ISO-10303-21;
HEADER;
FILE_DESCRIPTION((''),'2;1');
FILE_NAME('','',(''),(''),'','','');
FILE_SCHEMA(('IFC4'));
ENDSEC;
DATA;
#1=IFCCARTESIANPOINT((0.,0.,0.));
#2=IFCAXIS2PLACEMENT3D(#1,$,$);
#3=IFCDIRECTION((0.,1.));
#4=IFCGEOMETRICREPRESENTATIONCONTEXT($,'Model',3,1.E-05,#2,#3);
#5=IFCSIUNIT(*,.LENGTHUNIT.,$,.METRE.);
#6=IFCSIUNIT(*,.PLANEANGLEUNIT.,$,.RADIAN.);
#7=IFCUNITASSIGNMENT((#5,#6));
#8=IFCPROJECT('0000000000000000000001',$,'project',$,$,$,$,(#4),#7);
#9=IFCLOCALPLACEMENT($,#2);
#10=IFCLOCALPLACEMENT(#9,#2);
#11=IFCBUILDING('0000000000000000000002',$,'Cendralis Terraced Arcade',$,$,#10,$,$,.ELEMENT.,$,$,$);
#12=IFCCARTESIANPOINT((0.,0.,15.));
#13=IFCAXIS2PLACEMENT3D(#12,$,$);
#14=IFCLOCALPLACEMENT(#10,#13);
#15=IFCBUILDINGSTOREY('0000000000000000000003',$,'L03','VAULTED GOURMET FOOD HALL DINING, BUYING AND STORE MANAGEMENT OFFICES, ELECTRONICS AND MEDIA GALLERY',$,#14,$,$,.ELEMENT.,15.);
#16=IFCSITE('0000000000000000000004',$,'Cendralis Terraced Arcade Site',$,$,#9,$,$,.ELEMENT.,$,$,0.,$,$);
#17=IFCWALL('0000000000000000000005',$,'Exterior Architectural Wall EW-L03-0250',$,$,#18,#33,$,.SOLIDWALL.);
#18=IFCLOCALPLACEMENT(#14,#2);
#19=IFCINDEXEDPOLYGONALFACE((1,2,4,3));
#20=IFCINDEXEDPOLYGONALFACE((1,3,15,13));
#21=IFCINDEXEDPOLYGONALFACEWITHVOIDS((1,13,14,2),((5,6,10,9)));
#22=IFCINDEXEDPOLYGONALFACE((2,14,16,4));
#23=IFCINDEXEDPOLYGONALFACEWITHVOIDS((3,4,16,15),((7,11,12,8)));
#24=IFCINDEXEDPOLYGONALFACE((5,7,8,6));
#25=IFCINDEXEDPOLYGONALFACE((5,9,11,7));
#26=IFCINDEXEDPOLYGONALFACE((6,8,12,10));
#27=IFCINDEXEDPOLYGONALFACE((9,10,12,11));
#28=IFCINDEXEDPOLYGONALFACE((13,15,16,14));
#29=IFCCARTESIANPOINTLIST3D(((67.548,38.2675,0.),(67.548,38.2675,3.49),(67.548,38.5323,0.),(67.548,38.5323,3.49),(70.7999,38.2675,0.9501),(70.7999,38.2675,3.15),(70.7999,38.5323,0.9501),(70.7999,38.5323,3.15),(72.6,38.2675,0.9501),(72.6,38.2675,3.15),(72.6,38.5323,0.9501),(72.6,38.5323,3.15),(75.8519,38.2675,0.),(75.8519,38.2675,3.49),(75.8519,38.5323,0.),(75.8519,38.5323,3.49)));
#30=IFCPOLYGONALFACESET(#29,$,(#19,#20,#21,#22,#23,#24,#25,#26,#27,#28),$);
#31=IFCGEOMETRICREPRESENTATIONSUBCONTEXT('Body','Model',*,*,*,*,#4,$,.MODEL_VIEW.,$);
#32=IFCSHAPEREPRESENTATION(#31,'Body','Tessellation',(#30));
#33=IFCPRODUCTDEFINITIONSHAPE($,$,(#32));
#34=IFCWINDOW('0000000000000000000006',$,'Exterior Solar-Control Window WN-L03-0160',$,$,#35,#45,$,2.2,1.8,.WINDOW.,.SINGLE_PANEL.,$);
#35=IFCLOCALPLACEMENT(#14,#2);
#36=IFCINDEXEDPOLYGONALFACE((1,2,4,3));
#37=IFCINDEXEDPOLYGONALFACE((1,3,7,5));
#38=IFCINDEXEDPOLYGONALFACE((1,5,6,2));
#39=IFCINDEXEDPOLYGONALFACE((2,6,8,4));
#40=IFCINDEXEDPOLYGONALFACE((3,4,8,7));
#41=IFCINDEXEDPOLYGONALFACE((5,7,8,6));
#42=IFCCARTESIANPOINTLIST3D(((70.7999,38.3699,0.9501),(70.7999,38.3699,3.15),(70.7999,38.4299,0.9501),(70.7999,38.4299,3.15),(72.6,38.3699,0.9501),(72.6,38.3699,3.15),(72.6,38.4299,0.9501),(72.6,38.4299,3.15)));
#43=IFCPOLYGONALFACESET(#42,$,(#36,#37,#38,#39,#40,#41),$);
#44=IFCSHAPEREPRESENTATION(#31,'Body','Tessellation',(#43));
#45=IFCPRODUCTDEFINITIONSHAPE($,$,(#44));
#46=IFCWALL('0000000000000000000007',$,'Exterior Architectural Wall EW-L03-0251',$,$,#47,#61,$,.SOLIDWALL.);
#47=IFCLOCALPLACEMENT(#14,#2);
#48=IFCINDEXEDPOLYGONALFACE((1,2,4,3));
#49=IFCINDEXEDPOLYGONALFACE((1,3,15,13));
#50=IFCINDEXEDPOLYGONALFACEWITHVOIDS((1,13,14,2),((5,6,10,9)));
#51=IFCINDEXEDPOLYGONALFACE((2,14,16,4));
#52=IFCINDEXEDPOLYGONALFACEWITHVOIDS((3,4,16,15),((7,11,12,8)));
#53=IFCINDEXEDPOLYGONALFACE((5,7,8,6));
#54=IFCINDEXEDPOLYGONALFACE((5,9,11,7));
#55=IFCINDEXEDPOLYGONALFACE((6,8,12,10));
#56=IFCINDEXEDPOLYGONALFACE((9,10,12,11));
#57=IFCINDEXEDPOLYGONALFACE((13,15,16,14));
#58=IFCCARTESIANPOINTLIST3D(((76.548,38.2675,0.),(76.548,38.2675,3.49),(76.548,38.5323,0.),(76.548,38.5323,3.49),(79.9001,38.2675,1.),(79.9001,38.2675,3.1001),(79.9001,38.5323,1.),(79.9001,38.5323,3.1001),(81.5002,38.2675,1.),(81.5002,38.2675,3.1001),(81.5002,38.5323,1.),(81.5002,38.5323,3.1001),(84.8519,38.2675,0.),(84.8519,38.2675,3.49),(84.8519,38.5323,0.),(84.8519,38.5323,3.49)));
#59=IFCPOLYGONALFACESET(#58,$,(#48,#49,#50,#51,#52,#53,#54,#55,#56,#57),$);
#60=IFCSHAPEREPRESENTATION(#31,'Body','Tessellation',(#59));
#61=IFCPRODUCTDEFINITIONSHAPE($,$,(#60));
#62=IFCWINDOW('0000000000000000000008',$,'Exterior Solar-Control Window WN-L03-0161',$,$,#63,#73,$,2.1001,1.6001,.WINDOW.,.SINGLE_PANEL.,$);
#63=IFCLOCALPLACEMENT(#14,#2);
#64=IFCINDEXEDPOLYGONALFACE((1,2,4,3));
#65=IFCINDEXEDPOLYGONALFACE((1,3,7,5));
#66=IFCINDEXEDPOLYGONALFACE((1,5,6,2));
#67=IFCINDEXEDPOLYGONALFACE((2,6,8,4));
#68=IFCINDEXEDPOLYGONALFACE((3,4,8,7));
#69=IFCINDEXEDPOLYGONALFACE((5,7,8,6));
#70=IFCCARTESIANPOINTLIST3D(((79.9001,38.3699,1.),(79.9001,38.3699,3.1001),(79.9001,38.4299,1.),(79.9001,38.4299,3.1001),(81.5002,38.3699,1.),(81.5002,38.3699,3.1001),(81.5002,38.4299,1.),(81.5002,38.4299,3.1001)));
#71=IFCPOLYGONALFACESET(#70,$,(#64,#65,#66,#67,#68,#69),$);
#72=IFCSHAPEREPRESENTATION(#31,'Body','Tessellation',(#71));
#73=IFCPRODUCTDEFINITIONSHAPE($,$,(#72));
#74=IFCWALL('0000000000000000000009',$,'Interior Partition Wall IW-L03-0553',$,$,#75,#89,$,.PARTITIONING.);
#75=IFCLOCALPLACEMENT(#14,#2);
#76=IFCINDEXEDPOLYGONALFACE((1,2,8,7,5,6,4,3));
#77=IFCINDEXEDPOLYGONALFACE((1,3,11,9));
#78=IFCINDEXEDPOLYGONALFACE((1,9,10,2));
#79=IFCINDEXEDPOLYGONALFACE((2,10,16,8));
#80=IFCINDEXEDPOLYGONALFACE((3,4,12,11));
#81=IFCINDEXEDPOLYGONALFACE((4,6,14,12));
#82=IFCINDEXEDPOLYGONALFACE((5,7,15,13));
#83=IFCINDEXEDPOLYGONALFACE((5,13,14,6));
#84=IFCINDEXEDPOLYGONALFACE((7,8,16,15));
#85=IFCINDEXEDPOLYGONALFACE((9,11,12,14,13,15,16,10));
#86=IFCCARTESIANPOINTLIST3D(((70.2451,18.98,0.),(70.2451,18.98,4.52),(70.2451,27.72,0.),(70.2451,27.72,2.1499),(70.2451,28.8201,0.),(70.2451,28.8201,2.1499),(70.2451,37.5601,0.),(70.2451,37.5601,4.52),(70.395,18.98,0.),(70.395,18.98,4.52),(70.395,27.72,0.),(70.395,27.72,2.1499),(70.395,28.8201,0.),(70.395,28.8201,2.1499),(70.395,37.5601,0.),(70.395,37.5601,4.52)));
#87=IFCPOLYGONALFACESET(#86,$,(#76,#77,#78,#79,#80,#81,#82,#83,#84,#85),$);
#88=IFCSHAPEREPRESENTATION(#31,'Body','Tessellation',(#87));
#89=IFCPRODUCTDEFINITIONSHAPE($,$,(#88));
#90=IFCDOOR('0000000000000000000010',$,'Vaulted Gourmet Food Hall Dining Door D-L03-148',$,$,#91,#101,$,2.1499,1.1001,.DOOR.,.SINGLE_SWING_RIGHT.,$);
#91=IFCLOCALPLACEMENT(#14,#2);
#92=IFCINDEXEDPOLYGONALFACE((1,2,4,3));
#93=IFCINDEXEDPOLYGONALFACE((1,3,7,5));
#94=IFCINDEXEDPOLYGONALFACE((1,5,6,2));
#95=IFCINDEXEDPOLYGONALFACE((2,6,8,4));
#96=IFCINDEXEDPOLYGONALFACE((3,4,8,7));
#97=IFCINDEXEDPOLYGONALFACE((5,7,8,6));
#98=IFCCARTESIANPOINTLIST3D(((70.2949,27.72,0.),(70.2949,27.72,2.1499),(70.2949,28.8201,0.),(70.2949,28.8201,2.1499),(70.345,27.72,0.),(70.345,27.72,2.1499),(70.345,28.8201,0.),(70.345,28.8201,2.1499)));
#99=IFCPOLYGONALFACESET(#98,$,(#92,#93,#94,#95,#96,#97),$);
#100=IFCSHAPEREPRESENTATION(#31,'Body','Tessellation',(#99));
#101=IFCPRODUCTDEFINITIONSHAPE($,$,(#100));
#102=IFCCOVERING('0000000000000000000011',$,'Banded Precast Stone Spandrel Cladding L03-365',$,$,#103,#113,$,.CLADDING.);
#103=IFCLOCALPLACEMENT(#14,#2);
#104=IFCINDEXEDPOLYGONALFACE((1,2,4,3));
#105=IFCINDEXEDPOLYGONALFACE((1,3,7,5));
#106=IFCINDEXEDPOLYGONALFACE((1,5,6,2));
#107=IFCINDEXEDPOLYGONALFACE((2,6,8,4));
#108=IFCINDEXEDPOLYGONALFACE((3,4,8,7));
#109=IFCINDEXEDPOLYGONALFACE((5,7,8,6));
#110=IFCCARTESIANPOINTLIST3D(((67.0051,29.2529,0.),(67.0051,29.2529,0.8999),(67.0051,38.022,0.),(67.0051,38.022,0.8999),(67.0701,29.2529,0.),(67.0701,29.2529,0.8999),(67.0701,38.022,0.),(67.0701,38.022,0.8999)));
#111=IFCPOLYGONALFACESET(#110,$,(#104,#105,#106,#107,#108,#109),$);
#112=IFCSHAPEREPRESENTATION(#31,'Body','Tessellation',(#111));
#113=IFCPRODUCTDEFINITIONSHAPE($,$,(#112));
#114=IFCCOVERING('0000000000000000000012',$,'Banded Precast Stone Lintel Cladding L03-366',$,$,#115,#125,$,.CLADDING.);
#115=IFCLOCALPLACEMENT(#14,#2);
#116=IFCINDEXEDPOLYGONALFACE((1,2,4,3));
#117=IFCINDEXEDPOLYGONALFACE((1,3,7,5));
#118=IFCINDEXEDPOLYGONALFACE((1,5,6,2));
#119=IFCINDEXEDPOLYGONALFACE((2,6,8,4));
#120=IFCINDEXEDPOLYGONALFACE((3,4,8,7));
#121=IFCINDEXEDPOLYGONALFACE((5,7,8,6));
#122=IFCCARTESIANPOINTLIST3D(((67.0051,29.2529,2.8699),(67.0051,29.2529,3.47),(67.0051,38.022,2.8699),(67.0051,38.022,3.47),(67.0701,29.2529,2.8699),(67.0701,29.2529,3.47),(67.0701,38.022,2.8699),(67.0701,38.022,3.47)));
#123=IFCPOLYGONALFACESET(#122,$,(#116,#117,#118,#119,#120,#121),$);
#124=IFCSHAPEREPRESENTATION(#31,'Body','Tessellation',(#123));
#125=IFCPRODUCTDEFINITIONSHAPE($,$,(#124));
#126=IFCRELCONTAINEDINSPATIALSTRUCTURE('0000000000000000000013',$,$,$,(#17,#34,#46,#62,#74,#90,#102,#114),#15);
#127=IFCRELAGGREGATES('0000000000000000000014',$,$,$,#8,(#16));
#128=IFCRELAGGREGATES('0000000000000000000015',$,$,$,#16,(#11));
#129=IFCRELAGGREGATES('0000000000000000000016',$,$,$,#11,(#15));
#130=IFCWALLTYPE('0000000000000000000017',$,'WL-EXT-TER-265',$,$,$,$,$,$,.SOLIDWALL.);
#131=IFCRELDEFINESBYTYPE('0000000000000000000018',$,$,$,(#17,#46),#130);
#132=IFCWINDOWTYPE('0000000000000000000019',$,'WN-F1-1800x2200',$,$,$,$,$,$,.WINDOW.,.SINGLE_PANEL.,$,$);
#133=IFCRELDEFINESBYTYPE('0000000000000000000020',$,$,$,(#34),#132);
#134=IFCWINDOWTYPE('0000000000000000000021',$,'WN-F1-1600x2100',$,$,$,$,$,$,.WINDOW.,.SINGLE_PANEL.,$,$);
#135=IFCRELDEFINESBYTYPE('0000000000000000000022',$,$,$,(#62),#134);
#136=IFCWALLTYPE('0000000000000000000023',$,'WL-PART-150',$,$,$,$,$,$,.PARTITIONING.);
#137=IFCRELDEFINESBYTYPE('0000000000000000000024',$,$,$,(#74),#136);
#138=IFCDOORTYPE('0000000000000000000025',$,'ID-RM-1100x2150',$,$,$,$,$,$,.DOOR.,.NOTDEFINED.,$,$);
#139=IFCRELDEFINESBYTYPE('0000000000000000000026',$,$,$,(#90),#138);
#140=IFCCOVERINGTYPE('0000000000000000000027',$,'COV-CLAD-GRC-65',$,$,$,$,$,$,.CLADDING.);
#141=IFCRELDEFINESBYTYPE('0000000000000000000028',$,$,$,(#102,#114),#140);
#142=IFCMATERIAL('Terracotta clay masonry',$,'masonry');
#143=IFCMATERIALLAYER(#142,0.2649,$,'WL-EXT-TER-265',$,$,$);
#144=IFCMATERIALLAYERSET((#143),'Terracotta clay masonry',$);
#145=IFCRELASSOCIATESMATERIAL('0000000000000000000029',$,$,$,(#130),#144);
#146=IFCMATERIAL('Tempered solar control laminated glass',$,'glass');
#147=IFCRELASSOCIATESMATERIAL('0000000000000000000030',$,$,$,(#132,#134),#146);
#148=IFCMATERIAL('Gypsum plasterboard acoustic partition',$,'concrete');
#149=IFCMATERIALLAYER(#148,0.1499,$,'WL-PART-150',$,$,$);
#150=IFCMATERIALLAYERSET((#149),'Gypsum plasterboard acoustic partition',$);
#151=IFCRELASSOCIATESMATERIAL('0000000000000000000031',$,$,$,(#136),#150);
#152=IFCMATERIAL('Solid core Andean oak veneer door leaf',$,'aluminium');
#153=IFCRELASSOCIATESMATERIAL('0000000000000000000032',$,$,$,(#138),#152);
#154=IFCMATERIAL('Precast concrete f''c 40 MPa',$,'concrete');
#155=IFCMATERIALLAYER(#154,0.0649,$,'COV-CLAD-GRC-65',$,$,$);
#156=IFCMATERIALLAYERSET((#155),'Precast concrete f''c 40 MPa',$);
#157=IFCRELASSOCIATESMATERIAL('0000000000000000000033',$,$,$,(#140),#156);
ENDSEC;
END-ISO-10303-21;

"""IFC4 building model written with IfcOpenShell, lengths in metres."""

from ifc_helpers import new_model, si_unit, direction, frame, frame_2d, origin, origin_2d, place, context, subcontext, project, spatial, rectangle, extrude, material, layer, layer_set, type_object, element, fill, save


model = new_model("IFC4")

# Units and contexts
model_context = context("Model", 3, precision=1e-05, world=origin(), true_north=direction((0.0, 1.0)))
body_context = subcontext(model_context, "Body", "Model", "MODEL_VIEW")
ifc_project = project(units=[si_unit("LENGTHUNIT", "METRE"), si_unit("PLANEANGLEUNIT", "RADIAN")], contexts=[model_context])

# Site, building, storey
site_placement = place(None, origin())
site = spatial("IfcSite", under=ifc_project, at=site_placement, Name="Cendralis Terraced Arcade Site", CompositionType="ELEMENT", RefElevation=0.0)
building_placement = place(site_placement, origin())
building = spatial("IfcBuilding", under=site, at=building_placement, Name="Cendralis Terraced Arcade", CompositionType="ELEMENT")
storey_placement = place(building_placement, frame((0.0, 0.0, 15.0)))
storey = spatial("IfcBuildingStorey", under=building, at=storey_placement, Name="L03", Description="VAULTED GOURMET FOOD HALL DINING, BUYING AND STORE MANAGEMENT OFFICES, ELECTRONICS AND MEDIA GALLERY", CompositionType="ELEMENT", Elevation=15.0)

# Walls, openings, windows
ifc_material_1 = material(Name="Terracotta clay masonry", Category="masonry")
ifc_layer_1 = layer(ifc_material_1, 0.2649, Name="WL-EXT-TER-265")
ifc_layer_set_1 = layer_set([ifc_layer_1], Name="Terracotta clay masonry")
wall_type_1 = type_object("IfcWallType", Name="WL-EXT-TER-265", PredefinedType="SOLIDWALL", material=ifc_layer_set_1)
ifc_material_2 = material(Name="Tempered solar control laminated glass", Category="glass")
wall_1_placement = place(storey_placement, frame((67.5481, 38.3999, 0.0), z_axis=(0.0, 0.0, 1.0), x_axis=(1.0, 0.0, 0.0)))
wall_1 = element("IfcWall", 1, at=wall_1_placement, inside=storey, type_object=wall_type_1, Name="Exterior Architectural Wall EW-L03-0250", PredefinedType="SOLIDWALL", context=body_context, shape_type="SweptSolid", body=[
    extrude(rectangle(XDim=8.304, YDim=0.2649, at=frame_2d((4.1519, 0.0))), origin(), (0.0, 0.0, 1.0), 3.49),
])
opening_1_placement = place(wall_1_placement, frame((3.252, 0.0, 0.95)))
opening_1 = element("IfcOpeningElement", 2, at=opening_1_placement, cuts=wall_1, PredefinedType="OPENING", context=body_context, shape_type="SweptSolid", body=[
    extrude(rectangle(XDim=1.8, YDim=2.2, at=frame_2d((0.8999, 1.1001))), frame((0.0, 0.1445, 0.0), z_axis=(0.0, -1.0, 0.0), x_axis=(1.0, 0.0, 0.0)), (0.0, 0.0, 1.0), 0.2888),
])
window_type_1 = type_object("IfcWindowType", Name="WN-F1-1800x2200", PartitioningType="SINGLE_PANEL", PredefinedType="WINDOW", material=ifc_material_2)
window_1_placement = place(opening_1_placement, origin())
window_1 = element("IfcWindow", 3, at=window_1_placement, inside=storey, type_object=window_type_1, Name="Exterior Solar-Control Window WN-L03-0160", OverallHeight=2.2, OverallWidth=1.8, PartitioningType="SINGLE_PANEL", PredefinedType="WINDOW", context=body_context, shape_type="SweptSolid", body=[
    extrude(rectangle(XDim=1.8, YDim=2.2, at=frame_2d((0.8999, 1.1001))), frame((0.0, 0.03, 0.0), z_axis=(0.0, -1.0, 0.0), x_axis=(1.0, 0.0, 0.0)), (0.0, 0.0, 1.0), 0.0601),
])
fill(opening_1, window_1)
wall_2_placement = place(storey_placement, frame((76.5481, 38.3999, 0.0), z_axis=(0.0, 0.0, 1.0), x_axis=(1.0, 0.0, 0.0)))
wall_2 = element("IfcWall", 4, at=wall_2_placement, inside=storey, type_object=wall_type_1, Name="Exterior Architectural Wall EW-L03-0251", PredefinedType="SOLIDWALL", context=body_context, shape_type="SweptSolid", body=[
    extrude(rectangle(XDim=8.304, YDim=0.2649, at=frame_2d((4.1519, 0.0))), origin(), (0.0, 0.0, 1.0), 3.49),
])
opening_2_placement = place(wall_2_placement, frame((3.3521, 0.0, 1.0)))
opening_2 = element("IfcOpeningElement", 5, at=opening_2_placement, cuts=wall_2, PredefinedType="OPENING", context=body_context, shape_type="SweptSolid", body=[
    extrude(rectangle(XDim=1.6001, YDim=2.1001, at=frame_2d((0.8, 1.05))), frame((0.0, 0.1445, 0.0), z_axis=(0.0, -1.0, 0.0), x_axis=(1.0, 0.0, 0.0)), (0.0, 0.0, 1.0), 0.2888),
])
window_type_2 = type_object("IfcWindowType", Name="WN-F1-1600x2100", PartitioningType="SINGLE_PANEL", PredefinedType="WINDOW", material=ifc_material_2)
window_2_placement = place(opening_2_placement, origin())
window_2 = element("IfcWindow", 6, at=window_2_placement, inside=storey, type_object=window_type_2, Name="Exterior Solar-Control Window WN-L03-0161", OverallHeight=2.1001, OverallWidth=1.6001, PartitioningType="SINGLE_PANEL", PredefinedType="WINDOW", context=body_context, shape_type="SweptSolid", body=[
    extrude(rectangle(XDim=1.6001, YDim=2.1001, at=frame_2d((0.8, 1.05))), frame((0.0, 0.03, 0.0), z_axis=(0.0, -1.0, 0.0), x_axis=(1.0, 0.0, 0.0)), (0.0, 0.0, 1.0), 0.0601),
])
fill(opening_2, window_2)

# Wall, opening, door
ifc_material_3 = material(Name="Gypsum plasterboard acoustic partition", Category="concrete")
ifc_layer_2 = layer(ifc_material_3, 0.1499, Name="WL-PART-150")
ifc_layer_set_2 = layer_set([ifc_layer_2], Name="Gypsum plasterboard acoustic partition")
wall_type_2 = type_object("IfcWallType", Name="WL-PART-150", PredefinedType="PARTITIONING", material=ifc_layer_set_2)
wall_3_placement = place(storey_placement, frame((70.3201, 37.5601, 0.0), z_axis=(0.0, 0.0, 1.0), x_axis=(0.0, -1.0, 0.0)))
wall_3 = element("IfcWall", 7, at=wall_3_placement, inside=storey, type_object=wall_type_2, Name="Interior Partition Wall IW-L03-0553", PredefinedType="PARTITIONING", context=body_context, shape_type="SweptSolid", body=[
    extrude(rectangle(XDim=18.5801, YDim=0.1499, at=frame_2d((9.29, 0.0))), origin(), (0.0, 0.0, 1.0), 4.52),
])
opening_3_placement = place(wall_3_placement, frame((8.74, 0.0, 0.0)))
opening_3 = element("IfcOpeningElement", 8, at=opening_3_placement, cuts=wall_3, PredefinedType="OPENING", context=body_context, shape_type="SweptSolid", body=[
    extrude(rectangle(XDim=1.1001, YDim=2.1499, at=frame_2d((0.55, 1.075))), frame((0.0, 0.0869, 0.0), z_axis=(0.0, -1.0, 0.0), x_axis=(1.0, 0.0, 0.0)), (0.0, 0.0, 1.0), 0.1738),
])
ifc_material_4 = material(Name="Solid core Andean oak veneer door leaf", Category="aluminium")
door_type = type_object("IfcDoorType", Name="ID-RM-1100x2150", OperationType="NOTDEFINED", PredefinedType="DOOR", material=ifc_material_4)
door_placement = place(opening_3_placement, origin())
door = element("IfcDoor", 9, at=door_placement, inside=storey, type_object=door_type, Name="Vaulted Gourmet Food Hall Dining Door D-L03-148", OperationType="SINGLE_SWING_RIGHT", OverallHeight=2.1499, OverallWidth=1.1001, PredefinedType="DOOR", context=body_context, shape_type="SweptSolid", body=[
    extrude(rectangle(XDim=1.1001, YDim=2.1499, at=frame_2d((0.55, 1.075))), frame((0.0, 0.0249, 0.0), z_axis=(0.0, -1.0, 0.0), x_axis=(1.0, 0.0, 0.0)), (0.0, 0.0, 1.0), 0.05),
])
fill(opening_3, door)

# Coverings
ifc_material_5 = material(Name="Precast concrete f'c 40 MPa", Category="concrete")
ifc_layer_3 = layer(ifc_material_5, 0.0649, Name="COV-CLAD-GRC-65")
ifc_layer_set_3 = layer_set([ifc_layer_3], Name="Precast concrete f'c 40 MPa")
covering_type = type_object("IfcCoveringType", Name="COV-CLAD-GRC-65", PredefinedType="CLADDING", material=ifc_layer_set_3)
covering_1_placement = place(storey_placement, frame((67.0376, 33.6375, 0.0), z_axis=(0.0, 0.0, 1.0), x_axis=(0.0, 1.0, 0.0)))
element("IfcCovering", 10, at=covering_1_placement, inside=storey, type_object=covering_type, Name="Banded Precast Stone Spandrel Cladding L03-365", PredefinedType="CLADDING", context=body_context, shape_type="SweptSolid", body=[
    extrude(rectangle(XDim=8.769, YDim=0.0649, at=origin_2d()), origin(), (0.0, 0.0, 1.0), 0.8999),
])
covering_2_placement = place(storey_placement, frame((67.0376, 33.6375, 2.8699), z_axis=(0.0, 0.0, 1.0), x_axis=(0.0, 1.0, 0.0)))
element("IfcCovering", 11, at=covering_2_placement, inside=storey, type_object=covering_type, Name="Banded Precast Stone Lintel Cladding L03-366", PredefinedType="CLADDING", context=body_context, shape_type="SweptSolid", body=[
    extrude(rectangle(XDim=8.769, YDim=0.0649, at=origin_2d()), origin(), (0.0, 0.0, 1.0), 0.6001),
])

save(model, "model.ifc")
